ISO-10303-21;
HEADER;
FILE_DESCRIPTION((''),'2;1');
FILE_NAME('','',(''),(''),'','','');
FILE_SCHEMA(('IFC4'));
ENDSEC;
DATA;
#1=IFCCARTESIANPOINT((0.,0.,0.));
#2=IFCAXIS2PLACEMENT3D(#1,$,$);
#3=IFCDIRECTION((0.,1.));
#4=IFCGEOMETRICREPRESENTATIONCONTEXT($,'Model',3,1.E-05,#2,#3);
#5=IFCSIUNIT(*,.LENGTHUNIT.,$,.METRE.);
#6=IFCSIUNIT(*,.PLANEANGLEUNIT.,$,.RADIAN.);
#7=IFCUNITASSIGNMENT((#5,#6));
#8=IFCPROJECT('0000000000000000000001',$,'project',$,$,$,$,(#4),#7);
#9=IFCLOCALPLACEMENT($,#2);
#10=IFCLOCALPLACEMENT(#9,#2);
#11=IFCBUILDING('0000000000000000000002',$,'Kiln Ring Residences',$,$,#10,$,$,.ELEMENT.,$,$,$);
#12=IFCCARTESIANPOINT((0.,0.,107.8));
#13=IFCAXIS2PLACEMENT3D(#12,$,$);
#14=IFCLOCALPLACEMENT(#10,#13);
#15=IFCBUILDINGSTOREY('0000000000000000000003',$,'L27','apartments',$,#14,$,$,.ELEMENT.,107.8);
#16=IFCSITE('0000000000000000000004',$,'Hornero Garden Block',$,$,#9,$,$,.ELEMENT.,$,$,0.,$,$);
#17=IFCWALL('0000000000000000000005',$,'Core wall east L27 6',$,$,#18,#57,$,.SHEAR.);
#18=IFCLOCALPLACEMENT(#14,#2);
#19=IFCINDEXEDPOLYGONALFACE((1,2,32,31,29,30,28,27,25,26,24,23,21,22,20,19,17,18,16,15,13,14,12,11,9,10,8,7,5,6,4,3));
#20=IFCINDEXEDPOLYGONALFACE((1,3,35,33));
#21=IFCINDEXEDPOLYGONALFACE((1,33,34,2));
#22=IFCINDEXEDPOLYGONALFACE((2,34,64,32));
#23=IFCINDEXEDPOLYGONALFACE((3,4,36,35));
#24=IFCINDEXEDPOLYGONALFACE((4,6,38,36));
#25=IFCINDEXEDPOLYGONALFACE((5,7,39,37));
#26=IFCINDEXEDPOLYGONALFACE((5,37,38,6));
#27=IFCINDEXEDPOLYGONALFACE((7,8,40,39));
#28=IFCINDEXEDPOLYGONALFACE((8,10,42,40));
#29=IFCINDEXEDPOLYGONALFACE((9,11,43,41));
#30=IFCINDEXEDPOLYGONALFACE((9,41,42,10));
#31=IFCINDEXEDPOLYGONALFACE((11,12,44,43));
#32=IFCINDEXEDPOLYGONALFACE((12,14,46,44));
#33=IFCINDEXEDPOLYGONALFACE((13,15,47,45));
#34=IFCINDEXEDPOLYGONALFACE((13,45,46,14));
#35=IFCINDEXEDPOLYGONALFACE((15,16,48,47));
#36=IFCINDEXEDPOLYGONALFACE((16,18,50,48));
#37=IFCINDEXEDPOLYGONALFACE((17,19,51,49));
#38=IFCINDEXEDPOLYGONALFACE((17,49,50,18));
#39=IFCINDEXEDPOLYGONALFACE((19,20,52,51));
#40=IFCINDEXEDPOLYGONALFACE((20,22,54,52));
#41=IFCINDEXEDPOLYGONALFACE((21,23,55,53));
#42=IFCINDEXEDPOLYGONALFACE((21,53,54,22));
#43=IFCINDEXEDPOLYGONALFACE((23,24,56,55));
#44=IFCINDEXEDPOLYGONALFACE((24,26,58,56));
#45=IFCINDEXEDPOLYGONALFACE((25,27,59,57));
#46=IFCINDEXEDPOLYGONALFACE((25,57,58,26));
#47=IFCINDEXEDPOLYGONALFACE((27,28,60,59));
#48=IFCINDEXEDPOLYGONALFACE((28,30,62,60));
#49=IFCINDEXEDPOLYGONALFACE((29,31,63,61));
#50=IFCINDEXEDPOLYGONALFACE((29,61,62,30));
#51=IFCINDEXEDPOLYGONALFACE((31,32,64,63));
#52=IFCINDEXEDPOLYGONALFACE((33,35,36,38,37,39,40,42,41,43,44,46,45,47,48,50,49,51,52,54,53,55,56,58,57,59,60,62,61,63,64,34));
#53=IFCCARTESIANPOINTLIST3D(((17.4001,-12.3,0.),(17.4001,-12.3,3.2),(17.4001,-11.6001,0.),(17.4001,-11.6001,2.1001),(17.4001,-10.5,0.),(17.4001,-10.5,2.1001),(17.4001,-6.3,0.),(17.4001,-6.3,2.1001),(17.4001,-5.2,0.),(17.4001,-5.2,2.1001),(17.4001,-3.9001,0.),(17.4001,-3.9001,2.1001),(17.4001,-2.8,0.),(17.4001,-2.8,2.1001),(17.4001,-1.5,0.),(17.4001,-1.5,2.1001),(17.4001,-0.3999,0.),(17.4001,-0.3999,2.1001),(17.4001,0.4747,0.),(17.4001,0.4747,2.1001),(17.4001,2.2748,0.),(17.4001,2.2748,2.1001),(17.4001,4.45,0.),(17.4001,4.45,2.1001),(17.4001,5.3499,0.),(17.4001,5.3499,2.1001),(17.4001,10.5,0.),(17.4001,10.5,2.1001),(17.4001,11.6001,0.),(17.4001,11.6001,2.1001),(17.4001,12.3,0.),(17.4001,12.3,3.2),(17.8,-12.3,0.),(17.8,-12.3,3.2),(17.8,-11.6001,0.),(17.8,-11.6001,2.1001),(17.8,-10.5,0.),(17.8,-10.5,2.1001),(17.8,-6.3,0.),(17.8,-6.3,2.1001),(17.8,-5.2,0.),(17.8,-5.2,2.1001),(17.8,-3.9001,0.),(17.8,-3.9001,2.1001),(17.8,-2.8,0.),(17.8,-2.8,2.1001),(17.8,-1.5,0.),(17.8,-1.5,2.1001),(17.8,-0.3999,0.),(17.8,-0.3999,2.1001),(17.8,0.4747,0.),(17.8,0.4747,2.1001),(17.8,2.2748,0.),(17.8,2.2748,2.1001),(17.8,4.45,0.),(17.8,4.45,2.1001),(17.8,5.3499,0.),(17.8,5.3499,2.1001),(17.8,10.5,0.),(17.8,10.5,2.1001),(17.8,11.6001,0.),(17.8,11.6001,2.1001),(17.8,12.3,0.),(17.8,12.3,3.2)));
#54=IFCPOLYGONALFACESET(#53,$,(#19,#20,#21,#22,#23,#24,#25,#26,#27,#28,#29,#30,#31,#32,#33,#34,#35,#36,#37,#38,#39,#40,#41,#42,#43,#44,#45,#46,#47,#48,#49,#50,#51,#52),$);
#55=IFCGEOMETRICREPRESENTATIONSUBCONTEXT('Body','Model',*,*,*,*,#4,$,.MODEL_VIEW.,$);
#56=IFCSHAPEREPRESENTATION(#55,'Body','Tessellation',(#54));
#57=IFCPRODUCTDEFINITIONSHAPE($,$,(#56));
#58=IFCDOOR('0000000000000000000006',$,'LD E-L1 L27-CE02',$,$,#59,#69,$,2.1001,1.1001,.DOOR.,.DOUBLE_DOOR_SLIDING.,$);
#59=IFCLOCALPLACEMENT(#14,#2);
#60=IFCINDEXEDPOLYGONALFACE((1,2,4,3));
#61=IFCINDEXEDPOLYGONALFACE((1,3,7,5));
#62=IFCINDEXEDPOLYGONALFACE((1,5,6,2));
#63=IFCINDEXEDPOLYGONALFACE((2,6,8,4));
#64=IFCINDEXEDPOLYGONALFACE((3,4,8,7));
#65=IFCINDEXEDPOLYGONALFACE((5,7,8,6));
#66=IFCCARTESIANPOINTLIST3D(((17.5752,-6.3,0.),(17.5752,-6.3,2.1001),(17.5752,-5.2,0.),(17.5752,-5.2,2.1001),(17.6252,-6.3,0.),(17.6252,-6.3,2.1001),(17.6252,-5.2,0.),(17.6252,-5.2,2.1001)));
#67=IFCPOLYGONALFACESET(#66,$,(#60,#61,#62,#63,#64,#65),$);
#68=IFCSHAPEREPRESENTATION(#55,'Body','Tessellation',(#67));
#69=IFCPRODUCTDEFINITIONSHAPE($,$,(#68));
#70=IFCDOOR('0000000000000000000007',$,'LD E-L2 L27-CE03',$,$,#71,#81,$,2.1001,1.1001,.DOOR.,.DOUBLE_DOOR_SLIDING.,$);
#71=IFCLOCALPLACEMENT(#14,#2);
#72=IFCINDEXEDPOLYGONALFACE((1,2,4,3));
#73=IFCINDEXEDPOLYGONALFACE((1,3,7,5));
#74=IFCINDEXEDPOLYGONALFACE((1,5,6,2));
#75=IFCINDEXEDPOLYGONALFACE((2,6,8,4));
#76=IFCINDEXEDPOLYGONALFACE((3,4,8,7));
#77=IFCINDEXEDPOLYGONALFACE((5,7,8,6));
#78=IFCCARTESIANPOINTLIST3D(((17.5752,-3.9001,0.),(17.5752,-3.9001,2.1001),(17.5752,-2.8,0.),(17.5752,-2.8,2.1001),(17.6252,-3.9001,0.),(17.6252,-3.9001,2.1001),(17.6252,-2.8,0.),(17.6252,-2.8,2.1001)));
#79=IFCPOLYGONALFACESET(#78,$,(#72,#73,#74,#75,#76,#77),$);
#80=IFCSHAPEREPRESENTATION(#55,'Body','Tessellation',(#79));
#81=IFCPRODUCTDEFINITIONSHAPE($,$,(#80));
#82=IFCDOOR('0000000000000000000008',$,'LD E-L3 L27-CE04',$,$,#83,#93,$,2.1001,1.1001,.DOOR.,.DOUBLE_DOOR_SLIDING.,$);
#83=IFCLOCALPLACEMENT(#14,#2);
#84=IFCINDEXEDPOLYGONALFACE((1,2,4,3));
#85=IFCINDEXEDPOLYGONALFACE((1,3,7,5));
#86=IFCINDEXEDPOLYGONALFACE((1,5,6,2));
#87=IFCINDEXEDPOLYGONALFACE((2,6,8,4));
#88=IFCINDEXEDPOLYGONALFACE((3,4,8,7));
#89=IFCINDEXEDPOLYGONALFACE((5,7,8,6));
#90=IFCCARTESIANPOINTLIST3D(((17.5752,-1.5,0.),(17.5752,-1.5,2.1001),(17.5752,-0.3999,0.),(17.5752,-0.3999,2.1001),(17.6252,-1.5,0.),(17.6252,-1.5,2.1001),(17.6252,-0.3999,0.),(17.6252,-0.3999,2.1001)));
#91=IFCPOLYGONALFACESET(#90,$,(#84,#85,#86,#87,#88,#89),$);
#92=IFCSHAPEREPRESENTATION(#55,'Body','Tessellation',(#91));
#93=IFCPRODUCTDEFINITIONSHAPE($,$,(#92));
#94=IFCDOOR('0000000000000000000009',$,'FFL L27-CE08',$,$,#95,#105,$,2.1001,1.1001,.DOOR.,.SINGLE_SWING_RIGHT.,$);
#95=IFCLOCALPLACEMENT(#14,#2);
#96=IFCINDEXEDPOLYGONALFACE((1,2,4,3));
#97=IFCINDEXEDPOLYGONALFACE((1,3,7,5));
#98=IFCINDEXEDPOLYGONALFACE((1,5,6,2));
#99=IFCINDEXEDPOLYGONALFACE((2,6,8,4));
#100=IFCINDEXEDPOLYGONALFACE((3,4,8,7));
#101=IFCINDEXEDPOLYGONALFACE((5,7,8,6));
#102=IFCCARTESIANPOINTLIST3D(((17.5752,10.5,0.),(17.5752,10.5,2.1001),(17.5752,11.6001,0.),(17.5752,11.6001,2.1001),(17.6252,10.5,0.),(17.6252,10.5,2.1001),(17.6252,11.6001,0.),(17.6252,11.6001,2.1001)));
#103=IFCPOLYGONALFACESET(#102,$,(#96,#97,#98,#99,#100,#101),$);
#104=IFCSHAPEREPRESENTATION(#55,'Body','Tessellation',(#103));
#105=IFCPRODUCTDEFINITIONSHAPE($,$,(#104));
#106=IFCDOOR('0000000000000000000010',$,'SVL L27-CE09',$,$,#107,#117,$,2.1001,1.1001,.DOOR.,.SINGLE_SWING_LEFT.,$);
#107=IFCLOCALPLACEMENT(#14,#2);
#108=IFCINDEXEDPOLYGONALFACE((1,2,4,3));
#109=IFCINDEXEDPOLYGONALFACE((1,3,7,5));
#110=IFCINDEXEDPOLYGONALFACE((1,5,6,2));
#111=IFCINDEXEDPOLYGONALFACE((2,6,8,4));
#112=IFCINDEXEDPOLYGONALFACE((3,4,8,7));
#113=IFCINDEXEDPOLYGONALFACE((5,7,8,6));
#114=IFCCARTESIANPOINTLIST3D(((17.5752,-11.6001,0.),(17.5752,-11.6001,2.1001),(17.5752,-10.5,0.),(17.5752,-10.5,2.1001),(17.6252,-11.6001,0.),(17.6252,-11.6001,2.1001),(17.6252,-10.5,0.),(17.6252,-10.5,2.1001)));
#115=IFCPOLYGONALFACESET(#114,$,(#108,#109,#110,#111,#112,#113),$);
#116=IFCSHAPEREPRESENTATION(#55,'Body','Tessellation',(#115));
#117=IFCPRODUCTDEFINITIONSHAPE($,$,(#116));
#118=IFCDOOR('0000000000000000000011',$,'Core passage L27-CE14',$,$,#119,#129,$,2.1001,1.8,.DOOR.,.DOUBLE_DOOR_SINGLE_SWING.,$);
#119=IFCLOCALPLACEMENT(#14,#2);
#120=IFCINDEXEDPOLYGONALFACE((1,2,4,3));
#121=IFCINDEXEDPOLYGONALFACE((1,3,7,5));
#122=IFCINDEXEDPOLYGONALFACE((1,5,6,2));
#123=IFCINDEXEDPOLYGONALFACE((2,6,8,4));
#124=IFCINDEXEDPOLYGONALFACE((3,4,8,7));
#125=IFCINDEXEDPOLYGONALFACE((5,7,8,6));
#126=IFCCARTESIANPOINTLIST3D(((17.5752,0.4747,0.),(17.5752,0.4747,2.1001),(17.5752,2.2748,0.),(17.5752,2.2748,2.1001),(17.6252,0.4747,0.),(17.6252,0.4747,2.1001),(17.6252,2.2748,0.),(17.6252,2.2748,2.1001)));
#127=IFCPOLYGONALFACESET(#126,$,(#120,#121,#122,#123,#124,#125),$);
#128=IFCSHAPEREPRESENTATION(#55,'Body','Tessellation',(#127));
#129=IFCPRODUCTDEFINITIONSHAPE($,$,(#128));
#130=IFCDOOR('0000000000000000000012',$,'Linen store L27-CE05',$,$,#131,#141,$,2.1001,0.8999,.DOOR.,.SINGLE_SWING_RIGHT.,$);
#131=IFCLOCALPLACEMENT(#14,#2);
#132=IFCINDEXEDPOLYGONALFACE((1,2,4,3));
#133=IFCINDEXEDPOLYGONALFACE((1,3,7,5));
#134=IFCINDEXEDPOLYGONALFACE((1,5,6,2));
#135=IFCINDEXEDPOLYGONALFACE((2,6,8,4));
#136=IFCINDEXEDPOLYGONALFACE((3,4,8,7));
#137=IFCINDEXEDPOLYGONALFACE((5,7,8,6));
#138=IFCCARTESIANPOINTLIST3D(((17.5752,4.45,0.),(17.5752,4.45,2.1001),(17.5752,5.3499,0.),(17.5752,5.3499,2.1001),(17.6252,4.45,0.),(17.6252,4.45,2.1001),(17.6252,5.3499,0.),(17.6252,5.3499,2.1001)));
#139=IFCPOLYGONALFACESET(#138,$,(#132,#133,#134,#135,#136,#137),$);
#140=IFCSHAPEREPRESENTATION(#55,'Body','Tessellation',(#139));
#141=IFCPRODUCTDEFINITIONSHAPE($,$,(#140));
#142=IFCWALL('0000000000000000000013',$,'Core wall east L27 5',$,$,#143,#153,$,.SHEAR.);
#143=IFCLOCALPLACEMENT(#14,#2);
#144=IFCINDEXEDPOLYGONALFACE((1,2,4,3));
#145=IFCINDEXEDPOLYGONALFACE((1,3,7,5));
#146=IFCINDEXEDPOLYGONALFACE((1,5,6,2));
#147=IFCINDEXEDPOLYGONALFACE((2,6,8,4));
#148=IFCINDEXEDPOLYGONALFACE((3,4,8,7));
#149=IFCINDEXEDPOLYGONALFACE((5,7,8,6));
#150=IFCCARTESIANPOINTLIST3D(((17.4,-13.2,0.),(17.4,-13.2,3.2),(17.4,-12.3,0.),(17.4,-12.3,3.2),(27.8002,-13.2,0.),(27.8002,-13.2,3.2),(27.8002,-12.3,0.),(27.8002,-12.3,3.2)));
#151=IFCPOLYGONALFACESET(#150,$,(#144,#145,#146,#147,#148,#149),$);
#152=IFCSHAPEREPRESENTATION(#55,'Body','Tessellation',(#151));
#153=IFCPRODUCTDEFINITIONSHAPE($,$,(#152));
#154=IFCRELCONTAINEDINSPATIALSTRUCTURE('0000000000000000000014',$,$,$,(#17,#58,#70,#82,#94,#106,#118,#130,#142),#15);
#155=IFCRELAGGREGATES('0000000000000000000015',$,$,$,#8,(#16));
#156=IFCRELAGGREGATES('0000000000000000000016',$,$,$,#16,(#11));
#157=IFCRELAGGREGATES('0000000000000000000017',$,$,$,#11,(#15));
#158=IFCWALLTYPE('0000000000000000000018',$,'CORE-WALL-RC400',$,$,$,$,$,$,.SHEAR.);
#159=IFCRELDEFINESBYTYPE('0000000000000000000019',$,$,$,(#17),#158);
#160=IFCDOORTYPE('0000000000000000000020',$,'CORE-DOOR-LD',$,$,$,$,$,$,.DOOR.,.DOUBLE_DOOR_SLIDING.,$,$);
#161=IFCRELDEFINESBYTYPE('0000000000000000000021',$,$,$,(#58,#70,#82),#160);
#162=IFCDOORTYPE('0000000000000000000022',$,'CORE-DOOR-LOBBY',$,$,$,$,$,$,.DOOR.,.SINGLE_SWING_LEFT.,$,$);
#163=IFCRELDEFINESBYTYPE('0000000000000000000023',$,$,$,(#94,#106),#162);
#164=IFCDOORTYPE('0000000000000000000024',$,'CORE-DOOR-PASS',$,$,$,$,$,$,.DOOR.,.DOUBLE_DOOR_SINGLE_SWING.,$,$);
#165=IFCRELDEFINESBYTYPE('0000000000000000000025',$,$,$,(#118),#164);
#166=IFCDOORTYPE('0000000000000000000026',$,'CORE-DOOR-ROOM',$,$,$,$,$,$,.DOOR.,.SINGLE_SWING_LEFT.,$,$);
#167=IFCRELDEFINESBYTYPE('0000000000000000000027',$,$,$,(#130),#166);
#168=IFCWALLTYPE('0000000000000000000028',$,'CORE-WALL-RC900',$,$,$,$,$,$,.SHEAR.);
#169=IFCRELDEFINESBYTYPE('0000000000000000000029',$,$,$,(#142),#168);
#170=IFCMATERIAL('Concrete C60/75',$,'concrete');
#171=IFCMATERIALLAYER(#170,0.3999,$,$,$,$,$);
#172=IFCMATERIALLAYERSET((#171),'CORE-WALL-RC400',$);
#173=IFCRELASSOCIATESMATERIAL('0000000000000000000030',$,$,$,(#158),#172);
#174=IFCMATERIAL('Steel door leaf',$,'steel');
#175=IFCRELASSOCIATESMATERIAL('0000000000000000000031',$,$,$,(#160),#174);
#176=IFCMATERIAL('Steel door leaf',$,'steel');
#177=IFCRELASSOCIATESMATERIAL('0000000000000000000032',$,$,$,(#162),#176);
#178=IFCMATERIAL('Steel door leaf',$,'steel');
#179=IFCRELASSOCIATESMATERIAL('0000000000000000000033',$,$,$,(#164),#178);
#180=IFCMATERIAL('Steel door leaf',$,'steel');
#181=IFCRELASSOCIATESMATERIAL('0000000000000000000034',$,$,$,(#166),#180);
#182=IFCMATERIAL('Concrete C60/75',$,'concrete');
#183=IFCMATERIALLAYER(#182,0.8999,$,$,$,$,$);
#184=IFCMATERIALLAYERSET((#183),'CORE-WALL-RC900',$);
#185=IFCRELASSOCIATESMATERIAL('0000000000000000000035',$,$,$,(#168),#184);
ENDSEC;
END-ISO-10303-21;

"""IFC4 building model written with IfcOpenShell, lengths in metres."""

from ifc_helpers import new_model, si_unit, direction, frame, frame_2d, origin, place, context, subcontext, project, spatial, rectangle, extrude, material, layer, layer_set, type_object, element, fill, save


model = new_model("IFC4")

# Units and contexts
model_context = context("Model", 3, precision=1e-05, world=origin(), true_north=direction((0.0, 1.0)))
body_context = subcontext(model_context, "Body", "Model", "MODEL_VIEW")
ifc_project = project(units=[si_unit("LENGTHUNIT", "METRE"), si_unit("PLANEANGLEUNIT", "RADIAN")], contexts=[model_context])

# Site, building, storey
site_placement = place(None, origin())
site = spatial("IfcSite", under=ifc_project, at=site_placement, Name="Hornero Garden Block", CompositionType="ELEMENT", RefElevation=0.0)
building_placement = place(site_placement, origin())
building = spatial("IfcBuilding", under=site, at=building_placement, Name="Kiln Ring Residences", CompositionType="ELEMENT")
storey_placement = place(building_placement, frame((0.0, 0.0, 107.8)))
storey = spatial("IfcBuildingStorey", under=building, at=storey_placement, Name="L27", Description="apartments", CompositionType="ELEMENT", Elevation=107.8)

# Wall, openings, doors
ifc_material_1 = material(Name="Concrete C60/75", Category="concrete")
ifc_layer_1 = layer(ifc_material_1, 0.3999)
ifc_layer_set_1 = layer_set([ifc_layer_1], Name="CORE-WALL-RC400")
wall_type_1 = type_object("IfcWallType", Name="CORE-WALL-RC400", PredefinedType="SHEAR", material=ifc_layer_set_1)
wall_1_placement = place(storey_placement, frame((17.6001, -12.3, 0.0), z_axis=(0.0, 0.0, 1.0), x_axis=(0.0, 1.0, 0.0)))
wall_1 = element("IfcWall", 1, at=wall_1_placement, inside=storey, type_object=wall_type_1, Name="Core wall east L27 6", PredefinedType="SHEAR", context=body_context, shape_type="SweptSolid", body=[
    extrude(rectangle(XDim=24.6001, YDim=0.3999, at=frame_2d((12.3, 0.0))), origin(), (0.0, 0.0, 1.0), 3.2),
])
opening_1_placement = place(wall_1_placement, frame((6.0, 0.0, 0.0)))
opening_1 = element("IfcOpeningElement", 2, at=opening_1_placement, cuts=wall_1, PredefinedType="OPENING", context=body_context, shape_type="SweptSolid", body=[
    extrude(rectangle(XDim=1.1001, YDim=2.1001, at=frame_2d((0.55, 1.05))), frame((0.0, 0.21, 0.0), z_axis=(0.0, -1.0, 0.0), x_axis=(1.0, 0.0, 0.0)), (0.0, 0.0, 1.0), 0.4199),
])
opening_2_placement = place(wall_1_placement, frame((8.3999, 0.0, 0.0)))
opening_2 = element("IfcOpeningElement", 3, at=opening_2_placement, cuts=wall_1, PredefinedType="OPENING", context=body_context, shape_type="SweptSolid", body=[
    extrude(rectangle(XDim=1.1001, YDim=2.1001, at=frame_2d((0.55, 1.05))), frame((0.0, 0.21, 0.0), z_axis=(0.0, -1.0, 0.0), x_axis=(1.0, 0.0, 0.0)), (0.0, 0.0, 1.0), 0.4199),
])
opening_3_placement = place(wall_1_placement, frame((10.8, 0.0, 0.0)))
opening_3 = element("IfcOpeningElement", 4, at=opening_3_placement, cuts=wall_1, PredefinedType="OPENING", context=body_context, shape_type="SweptSolid", body=[
    extrude(rectangle(XDim=1.1001, YDim=2.1001, at=frame_2d((0.55, 1.05))), frame((0.0, 0.21, 0.0), z_axis=(0.0, -1.0, 0.0), x_axis=(1.0, 0.0, 0.0)), (0.0, 0.0, 1.0), 0.4199),
])
opening_4_placement = place(wall_1_placement, frame((16.75, 0.0, 0.0)))
opening_4 = element("IfcOpeningElement", 5, at=opening_4_placement, cuts=wall_1, PredefinedType="OPENING", context=body_context, shape_type="SweptSolid", body=[
    extrude(rectangle(XDim=0.8999, YDim=2.1001, at=frame_2d((0.45, 1.05))), frame((0.0, 0.21, 0.0), z_axis=(0.0, -1.0, 0.0), x_axis=(1.0, 0.0, 0.0)), (0.0, 0.0, 1.0), 0.4199),
])
opening_5_placement = place(wall_1_placement, frame((22.8, 0.0, 0.0)))
opening_5 = element("IfcOpeningElement", 6, at=opening_5_placement, cuts=wall_1, PredefinedType="OPENING", context=body_context, shape_type="SweptSolid", body=[
    extrude(rectangle(XDim=1.1001, YDim=2.1001, at=frame_2d((0.55, 1.05))), frame((0.0, 0.21, 0.0), z_axis=(0.0, -1.0, 0.0), x_axis=(1.0, 0.0, 0.0)), (0.0, 0.0, 1.0), 0.4199),
])
opening_6_placement = place(wall_1_placement, frame((0.7, 0.0, 0.0)))
opening_6 = element("IfcOpeningElement", 7, at=opening_6_placement, cuts=wall_1, PredefinedType="OPENING", context=body_context, shape_type="SweptSolid", body=[
    extrude(rectangle(XDim=1.1001, YDim=2.1001, at=frame_2d((0.55, 1.05))), frame((0.0, 0.21, 0.0), z_axis=(0.0, -1.0, 0.0), x_axis=(1.0, 0.0, 0.0)), (0.0, 0.0, 1.0), 0.4199),
])
opening_7_placement = place(wall_1_placement, frame((12.7749, 0.0, 0.0)))
opening_7 = element("IfcOpeningElement", 8, at=opening_7_placement, cuts=wall_1, PredefinedType="OPENING", context=body_context, shape_type="SweptSolid", body=[
    extrude(rectangle(XDim=1.8, YDim=2.1001, at=frame_2d((0.8999, 1.05))), frame((0.0, 0.21, 0.0), z_axis=(0.0, -1.0, 0.0), x_axis=(1.0, 0.0, 0.0)), (0.0, 0.0, 1.0), 0.4199),
])
ifc_material_2 = material(Name="Steel door leaf", Category="steel")
door_type_1 = type_object("IfcDoorType", Name="CORE-DOOR-LD", OperationType="DOUBLE_DOOR_SLIDING", PredefinedType="DOOR", material=ifc_material_2)
door_1_placement = place(opening_1_placement, origin())
door_1 = element("IfcDoor", 9, at=door_1_placement, inside=storey, type_object=door_type_1, Name="LD E-L1 L27-CE02", OperationType="DOUBLE_DOOR_SLIDING", OverallHeight=2.1001, OverallWidth=1.1001, PredefinedType="DOOR", context=body_context, shape_type="SweptSolid", body=[
    extrude(rectangle(XDim=1.1001, YDim=2.1001, at=frame_2d((0.55, 1.05))), frame((0.0, 0.0249, 0.0), z_axis=(0.0, -1.0, 0.0), x_axis=(1.0, 0.0, 0.0)), (0.0, 0.0, 1.0), 0.05),
])
fill(opening_1, door_1)
door_2_placement = place(opening_2_placement, origin())
door_2 = element("IfcDoor", 10, at=door_2_placement, inside=storey, type_object=door_type_1, Name="LD E-L2 L27-CE03", OperationType="DOUBLE_DOOR_SLIDING", OverallHeight=2.1001, OverallWidth=1.1001, PredefinedType="DOOR", context=body_context, shape_type="SweptSolid", body=[
    extrude(rectangle(XDim=1.1001, YDim=2.1001, at=frame_2d((0.55, 1.05))), frame((0.0, 0.0249, 0.0), z_axis=(0.0, -1.0, 0.0), x_axis=(1.0, 0.0, 0.0)), (0.0, 0.0, 1.0), 0.05),
])
fill(opening_2, door_2)
door_3_placement = place(opening_3_placement, origin())
door_3 = element("IfcDoor", 11, at=door_3_placement, inside=storey, type_object=door_type_1, Name="LD E-L3 L27-CE04", OperationType="DOUBLE_DOOR_SLIDING", OverallHeight=2.1001, OverallWidth=1.1001, PredefinedType="DOOR", context=body_context, shape_type="SweptSolid", body=[
    extrude(rectangle(XDim=1.1001, YDim=2.1001, at=frame_2d((0.55, 1.05))), frame((0.0, 0.0249, 0.0), z_axis=(0.0, -1.0, 0.0), x_axis=(1.0, 0.0, 0.0)), (0.0, 0.0, 1.0), 0.05),
])
fill(opening_3, door_3)
ifc_material_3 = material(Name="Steel door leaf", Category="steel")
door_type_2 = type_object("IfcDoorType", Name="CORE-DOOR-LOBBY", OperationType="SINGLE_SWING_LEFT", PredefinedType="DOOR", material=ifc_material_3)
door_4_placement = place(opening_5_placement, origin())
door_4 = element("IfcDoor", 12, at=door_4_placement, inside=storey, type_object=door_type_2, Name="FFL L27-CE08", OperationType="SINGLE_SWING_RIGHT", OverallHeight=2.1001, OverallWidth=1.1001, PredefinedType="DOOR", context=body_context, shape_type="SweptSolid", body=[
    extrude(rectangle(XDim=1.1001, YDim=2.1001, at=frame_2d((0.55, 1.05))), frame((0.0, 0.0249, 0.0), z_axis=(0.0, -1.0, 0.0), x_axis=(1.0, 0.0, 0.0)), (0.0, 0.0, 1.0), 0.05),
])
fill(opening_5, door_4)
door_5_placement = place(opening_6_placement, origin())
door_5 = element("IfcDoor", 13, at=door_5_placement, inside=storey, type_object=door_type_2, Name="SVL L27-CE09", OperationType="SINGLE_SWING_LEFT", OverallHeight=2.1001, OverallWidth=1.1001, PredefinedType="DOOR", context=body_context, shape_type="SweptSolid", body=[
    extrude(rectangle(XDim=1.1001, YDim=2.1001, at=frame_2d((0.55, 1.05))), frame((0.0, 0.0249, 0.0), z_axis=(0.0, -1.0, 0.0), x_axis=(1.0, 0.0, 0.0)), (0.0, 0.0, 1.0), 0.05),
])
fill(opening_6, door_5)
ifc_material_4 = material(Name="Steel door leaf", Category="steel")
door_type_3 = type_object("IfcDoorType", Name="CORE-DOOR-PASS", OperationType="DOUBLE_DOOR_SINGLE_SWING", PredefinedType="DOOR", material=ifc_material_4)
door_6_placement = place(opening_7_placement, origin())
door_6 = element("IfcDoor", 14, at=door_6_placement, inside=storey, type_object=door_type_3, Name="Core passage L27-CE14", OperationType="DOUBLE_DOOR_SINGLE_SWING", OverallHeight=2.1001, OverallWidth=1.8, PredefinedType="DOOR", context=body_context, shape_type="SweptSolid", body=[
    extrude(rectangle(XDim=1.8, YDim=2.1001, at=frame_2d((0.8999, 1.05))), frame((0.0, 0.0249, 0.0), z_axis=(0.0, -1.0, 0.0), x_axis=(1.0, 0.0, 0.0)), (0.0, 0.0, 1.0), 0.05),
])
fill(opening_7, door_6)
ifc_material_5 = material(Name="Steel door leaf", Category="steel")
door_type_4 = type_object("IfcDoorType", Name="CORE-DOOR-ROOM", OperationType="SINGLE_SWING_LEFT", PredefinedType="DOOR", material=ifc_material_5)
door_7_placement = place(opening_4_placement, origin())
door_7 = element("IfcDoor", 15, at=door_7_placement, inside=storey, type_object=door_type_4, Name="Linen store L27-CE05", OperationType="SINGLE_SWING_RIGHT", OverallHeight=2.1001, OverallWidth=0.8999, PredefinedType="DOOR", context=body_context, shape_type="SweptSolid", body=[
    extrude(rectangle(XDim=0.8999, YDim=2.1001, at=frame_2d((0.45, 1.05))), frame((0.0, 0.0249, 0.0), z_axis=(0.0, -1.0, 0.0), x_axis=(1.0, 0.0, 0.0)), (0.0, 0.0, 1.0), 0.05),
])
fill(opening_4, door_7)

# Wall
ifc_material_6 = material(Name="Concrete C60/75", Category="concrete")
ifc_layer_2 = layer(ifc_material_6, 0.8999)
ifc_layer_set_2 = layer_set([ifc_layer_2], Name="CORE-WALL-RC900")
wall_type_2 = type_object("IfcWallType", Name="CORE-WALL-RC900", PredefinedType="SHEAR", material=ifc_layer_set_2)
wall_2_placement = place(storey_placement, frame((17.3999, -12.75, 0.0), z_axis=(0.0, 0.0, 1.0), x_axis=(1.0, 0.0, 0.0)))
element("IfcWall", 16, at=wall_2_placement, inside=storey, type_object=wall_type_2, Name="Core wall east L27 5", PredefinedType="SHEAR", context=body_context, shape_type="SweptSolid", body=[
    extrude(rectangle(XDim=10.4001, YDim=0.8999, at=frame_2d((5.2002, 0.0))), origin(), (0.0, 0.0, 1.0), 3.2),
])

save(model, "model.ifc")
